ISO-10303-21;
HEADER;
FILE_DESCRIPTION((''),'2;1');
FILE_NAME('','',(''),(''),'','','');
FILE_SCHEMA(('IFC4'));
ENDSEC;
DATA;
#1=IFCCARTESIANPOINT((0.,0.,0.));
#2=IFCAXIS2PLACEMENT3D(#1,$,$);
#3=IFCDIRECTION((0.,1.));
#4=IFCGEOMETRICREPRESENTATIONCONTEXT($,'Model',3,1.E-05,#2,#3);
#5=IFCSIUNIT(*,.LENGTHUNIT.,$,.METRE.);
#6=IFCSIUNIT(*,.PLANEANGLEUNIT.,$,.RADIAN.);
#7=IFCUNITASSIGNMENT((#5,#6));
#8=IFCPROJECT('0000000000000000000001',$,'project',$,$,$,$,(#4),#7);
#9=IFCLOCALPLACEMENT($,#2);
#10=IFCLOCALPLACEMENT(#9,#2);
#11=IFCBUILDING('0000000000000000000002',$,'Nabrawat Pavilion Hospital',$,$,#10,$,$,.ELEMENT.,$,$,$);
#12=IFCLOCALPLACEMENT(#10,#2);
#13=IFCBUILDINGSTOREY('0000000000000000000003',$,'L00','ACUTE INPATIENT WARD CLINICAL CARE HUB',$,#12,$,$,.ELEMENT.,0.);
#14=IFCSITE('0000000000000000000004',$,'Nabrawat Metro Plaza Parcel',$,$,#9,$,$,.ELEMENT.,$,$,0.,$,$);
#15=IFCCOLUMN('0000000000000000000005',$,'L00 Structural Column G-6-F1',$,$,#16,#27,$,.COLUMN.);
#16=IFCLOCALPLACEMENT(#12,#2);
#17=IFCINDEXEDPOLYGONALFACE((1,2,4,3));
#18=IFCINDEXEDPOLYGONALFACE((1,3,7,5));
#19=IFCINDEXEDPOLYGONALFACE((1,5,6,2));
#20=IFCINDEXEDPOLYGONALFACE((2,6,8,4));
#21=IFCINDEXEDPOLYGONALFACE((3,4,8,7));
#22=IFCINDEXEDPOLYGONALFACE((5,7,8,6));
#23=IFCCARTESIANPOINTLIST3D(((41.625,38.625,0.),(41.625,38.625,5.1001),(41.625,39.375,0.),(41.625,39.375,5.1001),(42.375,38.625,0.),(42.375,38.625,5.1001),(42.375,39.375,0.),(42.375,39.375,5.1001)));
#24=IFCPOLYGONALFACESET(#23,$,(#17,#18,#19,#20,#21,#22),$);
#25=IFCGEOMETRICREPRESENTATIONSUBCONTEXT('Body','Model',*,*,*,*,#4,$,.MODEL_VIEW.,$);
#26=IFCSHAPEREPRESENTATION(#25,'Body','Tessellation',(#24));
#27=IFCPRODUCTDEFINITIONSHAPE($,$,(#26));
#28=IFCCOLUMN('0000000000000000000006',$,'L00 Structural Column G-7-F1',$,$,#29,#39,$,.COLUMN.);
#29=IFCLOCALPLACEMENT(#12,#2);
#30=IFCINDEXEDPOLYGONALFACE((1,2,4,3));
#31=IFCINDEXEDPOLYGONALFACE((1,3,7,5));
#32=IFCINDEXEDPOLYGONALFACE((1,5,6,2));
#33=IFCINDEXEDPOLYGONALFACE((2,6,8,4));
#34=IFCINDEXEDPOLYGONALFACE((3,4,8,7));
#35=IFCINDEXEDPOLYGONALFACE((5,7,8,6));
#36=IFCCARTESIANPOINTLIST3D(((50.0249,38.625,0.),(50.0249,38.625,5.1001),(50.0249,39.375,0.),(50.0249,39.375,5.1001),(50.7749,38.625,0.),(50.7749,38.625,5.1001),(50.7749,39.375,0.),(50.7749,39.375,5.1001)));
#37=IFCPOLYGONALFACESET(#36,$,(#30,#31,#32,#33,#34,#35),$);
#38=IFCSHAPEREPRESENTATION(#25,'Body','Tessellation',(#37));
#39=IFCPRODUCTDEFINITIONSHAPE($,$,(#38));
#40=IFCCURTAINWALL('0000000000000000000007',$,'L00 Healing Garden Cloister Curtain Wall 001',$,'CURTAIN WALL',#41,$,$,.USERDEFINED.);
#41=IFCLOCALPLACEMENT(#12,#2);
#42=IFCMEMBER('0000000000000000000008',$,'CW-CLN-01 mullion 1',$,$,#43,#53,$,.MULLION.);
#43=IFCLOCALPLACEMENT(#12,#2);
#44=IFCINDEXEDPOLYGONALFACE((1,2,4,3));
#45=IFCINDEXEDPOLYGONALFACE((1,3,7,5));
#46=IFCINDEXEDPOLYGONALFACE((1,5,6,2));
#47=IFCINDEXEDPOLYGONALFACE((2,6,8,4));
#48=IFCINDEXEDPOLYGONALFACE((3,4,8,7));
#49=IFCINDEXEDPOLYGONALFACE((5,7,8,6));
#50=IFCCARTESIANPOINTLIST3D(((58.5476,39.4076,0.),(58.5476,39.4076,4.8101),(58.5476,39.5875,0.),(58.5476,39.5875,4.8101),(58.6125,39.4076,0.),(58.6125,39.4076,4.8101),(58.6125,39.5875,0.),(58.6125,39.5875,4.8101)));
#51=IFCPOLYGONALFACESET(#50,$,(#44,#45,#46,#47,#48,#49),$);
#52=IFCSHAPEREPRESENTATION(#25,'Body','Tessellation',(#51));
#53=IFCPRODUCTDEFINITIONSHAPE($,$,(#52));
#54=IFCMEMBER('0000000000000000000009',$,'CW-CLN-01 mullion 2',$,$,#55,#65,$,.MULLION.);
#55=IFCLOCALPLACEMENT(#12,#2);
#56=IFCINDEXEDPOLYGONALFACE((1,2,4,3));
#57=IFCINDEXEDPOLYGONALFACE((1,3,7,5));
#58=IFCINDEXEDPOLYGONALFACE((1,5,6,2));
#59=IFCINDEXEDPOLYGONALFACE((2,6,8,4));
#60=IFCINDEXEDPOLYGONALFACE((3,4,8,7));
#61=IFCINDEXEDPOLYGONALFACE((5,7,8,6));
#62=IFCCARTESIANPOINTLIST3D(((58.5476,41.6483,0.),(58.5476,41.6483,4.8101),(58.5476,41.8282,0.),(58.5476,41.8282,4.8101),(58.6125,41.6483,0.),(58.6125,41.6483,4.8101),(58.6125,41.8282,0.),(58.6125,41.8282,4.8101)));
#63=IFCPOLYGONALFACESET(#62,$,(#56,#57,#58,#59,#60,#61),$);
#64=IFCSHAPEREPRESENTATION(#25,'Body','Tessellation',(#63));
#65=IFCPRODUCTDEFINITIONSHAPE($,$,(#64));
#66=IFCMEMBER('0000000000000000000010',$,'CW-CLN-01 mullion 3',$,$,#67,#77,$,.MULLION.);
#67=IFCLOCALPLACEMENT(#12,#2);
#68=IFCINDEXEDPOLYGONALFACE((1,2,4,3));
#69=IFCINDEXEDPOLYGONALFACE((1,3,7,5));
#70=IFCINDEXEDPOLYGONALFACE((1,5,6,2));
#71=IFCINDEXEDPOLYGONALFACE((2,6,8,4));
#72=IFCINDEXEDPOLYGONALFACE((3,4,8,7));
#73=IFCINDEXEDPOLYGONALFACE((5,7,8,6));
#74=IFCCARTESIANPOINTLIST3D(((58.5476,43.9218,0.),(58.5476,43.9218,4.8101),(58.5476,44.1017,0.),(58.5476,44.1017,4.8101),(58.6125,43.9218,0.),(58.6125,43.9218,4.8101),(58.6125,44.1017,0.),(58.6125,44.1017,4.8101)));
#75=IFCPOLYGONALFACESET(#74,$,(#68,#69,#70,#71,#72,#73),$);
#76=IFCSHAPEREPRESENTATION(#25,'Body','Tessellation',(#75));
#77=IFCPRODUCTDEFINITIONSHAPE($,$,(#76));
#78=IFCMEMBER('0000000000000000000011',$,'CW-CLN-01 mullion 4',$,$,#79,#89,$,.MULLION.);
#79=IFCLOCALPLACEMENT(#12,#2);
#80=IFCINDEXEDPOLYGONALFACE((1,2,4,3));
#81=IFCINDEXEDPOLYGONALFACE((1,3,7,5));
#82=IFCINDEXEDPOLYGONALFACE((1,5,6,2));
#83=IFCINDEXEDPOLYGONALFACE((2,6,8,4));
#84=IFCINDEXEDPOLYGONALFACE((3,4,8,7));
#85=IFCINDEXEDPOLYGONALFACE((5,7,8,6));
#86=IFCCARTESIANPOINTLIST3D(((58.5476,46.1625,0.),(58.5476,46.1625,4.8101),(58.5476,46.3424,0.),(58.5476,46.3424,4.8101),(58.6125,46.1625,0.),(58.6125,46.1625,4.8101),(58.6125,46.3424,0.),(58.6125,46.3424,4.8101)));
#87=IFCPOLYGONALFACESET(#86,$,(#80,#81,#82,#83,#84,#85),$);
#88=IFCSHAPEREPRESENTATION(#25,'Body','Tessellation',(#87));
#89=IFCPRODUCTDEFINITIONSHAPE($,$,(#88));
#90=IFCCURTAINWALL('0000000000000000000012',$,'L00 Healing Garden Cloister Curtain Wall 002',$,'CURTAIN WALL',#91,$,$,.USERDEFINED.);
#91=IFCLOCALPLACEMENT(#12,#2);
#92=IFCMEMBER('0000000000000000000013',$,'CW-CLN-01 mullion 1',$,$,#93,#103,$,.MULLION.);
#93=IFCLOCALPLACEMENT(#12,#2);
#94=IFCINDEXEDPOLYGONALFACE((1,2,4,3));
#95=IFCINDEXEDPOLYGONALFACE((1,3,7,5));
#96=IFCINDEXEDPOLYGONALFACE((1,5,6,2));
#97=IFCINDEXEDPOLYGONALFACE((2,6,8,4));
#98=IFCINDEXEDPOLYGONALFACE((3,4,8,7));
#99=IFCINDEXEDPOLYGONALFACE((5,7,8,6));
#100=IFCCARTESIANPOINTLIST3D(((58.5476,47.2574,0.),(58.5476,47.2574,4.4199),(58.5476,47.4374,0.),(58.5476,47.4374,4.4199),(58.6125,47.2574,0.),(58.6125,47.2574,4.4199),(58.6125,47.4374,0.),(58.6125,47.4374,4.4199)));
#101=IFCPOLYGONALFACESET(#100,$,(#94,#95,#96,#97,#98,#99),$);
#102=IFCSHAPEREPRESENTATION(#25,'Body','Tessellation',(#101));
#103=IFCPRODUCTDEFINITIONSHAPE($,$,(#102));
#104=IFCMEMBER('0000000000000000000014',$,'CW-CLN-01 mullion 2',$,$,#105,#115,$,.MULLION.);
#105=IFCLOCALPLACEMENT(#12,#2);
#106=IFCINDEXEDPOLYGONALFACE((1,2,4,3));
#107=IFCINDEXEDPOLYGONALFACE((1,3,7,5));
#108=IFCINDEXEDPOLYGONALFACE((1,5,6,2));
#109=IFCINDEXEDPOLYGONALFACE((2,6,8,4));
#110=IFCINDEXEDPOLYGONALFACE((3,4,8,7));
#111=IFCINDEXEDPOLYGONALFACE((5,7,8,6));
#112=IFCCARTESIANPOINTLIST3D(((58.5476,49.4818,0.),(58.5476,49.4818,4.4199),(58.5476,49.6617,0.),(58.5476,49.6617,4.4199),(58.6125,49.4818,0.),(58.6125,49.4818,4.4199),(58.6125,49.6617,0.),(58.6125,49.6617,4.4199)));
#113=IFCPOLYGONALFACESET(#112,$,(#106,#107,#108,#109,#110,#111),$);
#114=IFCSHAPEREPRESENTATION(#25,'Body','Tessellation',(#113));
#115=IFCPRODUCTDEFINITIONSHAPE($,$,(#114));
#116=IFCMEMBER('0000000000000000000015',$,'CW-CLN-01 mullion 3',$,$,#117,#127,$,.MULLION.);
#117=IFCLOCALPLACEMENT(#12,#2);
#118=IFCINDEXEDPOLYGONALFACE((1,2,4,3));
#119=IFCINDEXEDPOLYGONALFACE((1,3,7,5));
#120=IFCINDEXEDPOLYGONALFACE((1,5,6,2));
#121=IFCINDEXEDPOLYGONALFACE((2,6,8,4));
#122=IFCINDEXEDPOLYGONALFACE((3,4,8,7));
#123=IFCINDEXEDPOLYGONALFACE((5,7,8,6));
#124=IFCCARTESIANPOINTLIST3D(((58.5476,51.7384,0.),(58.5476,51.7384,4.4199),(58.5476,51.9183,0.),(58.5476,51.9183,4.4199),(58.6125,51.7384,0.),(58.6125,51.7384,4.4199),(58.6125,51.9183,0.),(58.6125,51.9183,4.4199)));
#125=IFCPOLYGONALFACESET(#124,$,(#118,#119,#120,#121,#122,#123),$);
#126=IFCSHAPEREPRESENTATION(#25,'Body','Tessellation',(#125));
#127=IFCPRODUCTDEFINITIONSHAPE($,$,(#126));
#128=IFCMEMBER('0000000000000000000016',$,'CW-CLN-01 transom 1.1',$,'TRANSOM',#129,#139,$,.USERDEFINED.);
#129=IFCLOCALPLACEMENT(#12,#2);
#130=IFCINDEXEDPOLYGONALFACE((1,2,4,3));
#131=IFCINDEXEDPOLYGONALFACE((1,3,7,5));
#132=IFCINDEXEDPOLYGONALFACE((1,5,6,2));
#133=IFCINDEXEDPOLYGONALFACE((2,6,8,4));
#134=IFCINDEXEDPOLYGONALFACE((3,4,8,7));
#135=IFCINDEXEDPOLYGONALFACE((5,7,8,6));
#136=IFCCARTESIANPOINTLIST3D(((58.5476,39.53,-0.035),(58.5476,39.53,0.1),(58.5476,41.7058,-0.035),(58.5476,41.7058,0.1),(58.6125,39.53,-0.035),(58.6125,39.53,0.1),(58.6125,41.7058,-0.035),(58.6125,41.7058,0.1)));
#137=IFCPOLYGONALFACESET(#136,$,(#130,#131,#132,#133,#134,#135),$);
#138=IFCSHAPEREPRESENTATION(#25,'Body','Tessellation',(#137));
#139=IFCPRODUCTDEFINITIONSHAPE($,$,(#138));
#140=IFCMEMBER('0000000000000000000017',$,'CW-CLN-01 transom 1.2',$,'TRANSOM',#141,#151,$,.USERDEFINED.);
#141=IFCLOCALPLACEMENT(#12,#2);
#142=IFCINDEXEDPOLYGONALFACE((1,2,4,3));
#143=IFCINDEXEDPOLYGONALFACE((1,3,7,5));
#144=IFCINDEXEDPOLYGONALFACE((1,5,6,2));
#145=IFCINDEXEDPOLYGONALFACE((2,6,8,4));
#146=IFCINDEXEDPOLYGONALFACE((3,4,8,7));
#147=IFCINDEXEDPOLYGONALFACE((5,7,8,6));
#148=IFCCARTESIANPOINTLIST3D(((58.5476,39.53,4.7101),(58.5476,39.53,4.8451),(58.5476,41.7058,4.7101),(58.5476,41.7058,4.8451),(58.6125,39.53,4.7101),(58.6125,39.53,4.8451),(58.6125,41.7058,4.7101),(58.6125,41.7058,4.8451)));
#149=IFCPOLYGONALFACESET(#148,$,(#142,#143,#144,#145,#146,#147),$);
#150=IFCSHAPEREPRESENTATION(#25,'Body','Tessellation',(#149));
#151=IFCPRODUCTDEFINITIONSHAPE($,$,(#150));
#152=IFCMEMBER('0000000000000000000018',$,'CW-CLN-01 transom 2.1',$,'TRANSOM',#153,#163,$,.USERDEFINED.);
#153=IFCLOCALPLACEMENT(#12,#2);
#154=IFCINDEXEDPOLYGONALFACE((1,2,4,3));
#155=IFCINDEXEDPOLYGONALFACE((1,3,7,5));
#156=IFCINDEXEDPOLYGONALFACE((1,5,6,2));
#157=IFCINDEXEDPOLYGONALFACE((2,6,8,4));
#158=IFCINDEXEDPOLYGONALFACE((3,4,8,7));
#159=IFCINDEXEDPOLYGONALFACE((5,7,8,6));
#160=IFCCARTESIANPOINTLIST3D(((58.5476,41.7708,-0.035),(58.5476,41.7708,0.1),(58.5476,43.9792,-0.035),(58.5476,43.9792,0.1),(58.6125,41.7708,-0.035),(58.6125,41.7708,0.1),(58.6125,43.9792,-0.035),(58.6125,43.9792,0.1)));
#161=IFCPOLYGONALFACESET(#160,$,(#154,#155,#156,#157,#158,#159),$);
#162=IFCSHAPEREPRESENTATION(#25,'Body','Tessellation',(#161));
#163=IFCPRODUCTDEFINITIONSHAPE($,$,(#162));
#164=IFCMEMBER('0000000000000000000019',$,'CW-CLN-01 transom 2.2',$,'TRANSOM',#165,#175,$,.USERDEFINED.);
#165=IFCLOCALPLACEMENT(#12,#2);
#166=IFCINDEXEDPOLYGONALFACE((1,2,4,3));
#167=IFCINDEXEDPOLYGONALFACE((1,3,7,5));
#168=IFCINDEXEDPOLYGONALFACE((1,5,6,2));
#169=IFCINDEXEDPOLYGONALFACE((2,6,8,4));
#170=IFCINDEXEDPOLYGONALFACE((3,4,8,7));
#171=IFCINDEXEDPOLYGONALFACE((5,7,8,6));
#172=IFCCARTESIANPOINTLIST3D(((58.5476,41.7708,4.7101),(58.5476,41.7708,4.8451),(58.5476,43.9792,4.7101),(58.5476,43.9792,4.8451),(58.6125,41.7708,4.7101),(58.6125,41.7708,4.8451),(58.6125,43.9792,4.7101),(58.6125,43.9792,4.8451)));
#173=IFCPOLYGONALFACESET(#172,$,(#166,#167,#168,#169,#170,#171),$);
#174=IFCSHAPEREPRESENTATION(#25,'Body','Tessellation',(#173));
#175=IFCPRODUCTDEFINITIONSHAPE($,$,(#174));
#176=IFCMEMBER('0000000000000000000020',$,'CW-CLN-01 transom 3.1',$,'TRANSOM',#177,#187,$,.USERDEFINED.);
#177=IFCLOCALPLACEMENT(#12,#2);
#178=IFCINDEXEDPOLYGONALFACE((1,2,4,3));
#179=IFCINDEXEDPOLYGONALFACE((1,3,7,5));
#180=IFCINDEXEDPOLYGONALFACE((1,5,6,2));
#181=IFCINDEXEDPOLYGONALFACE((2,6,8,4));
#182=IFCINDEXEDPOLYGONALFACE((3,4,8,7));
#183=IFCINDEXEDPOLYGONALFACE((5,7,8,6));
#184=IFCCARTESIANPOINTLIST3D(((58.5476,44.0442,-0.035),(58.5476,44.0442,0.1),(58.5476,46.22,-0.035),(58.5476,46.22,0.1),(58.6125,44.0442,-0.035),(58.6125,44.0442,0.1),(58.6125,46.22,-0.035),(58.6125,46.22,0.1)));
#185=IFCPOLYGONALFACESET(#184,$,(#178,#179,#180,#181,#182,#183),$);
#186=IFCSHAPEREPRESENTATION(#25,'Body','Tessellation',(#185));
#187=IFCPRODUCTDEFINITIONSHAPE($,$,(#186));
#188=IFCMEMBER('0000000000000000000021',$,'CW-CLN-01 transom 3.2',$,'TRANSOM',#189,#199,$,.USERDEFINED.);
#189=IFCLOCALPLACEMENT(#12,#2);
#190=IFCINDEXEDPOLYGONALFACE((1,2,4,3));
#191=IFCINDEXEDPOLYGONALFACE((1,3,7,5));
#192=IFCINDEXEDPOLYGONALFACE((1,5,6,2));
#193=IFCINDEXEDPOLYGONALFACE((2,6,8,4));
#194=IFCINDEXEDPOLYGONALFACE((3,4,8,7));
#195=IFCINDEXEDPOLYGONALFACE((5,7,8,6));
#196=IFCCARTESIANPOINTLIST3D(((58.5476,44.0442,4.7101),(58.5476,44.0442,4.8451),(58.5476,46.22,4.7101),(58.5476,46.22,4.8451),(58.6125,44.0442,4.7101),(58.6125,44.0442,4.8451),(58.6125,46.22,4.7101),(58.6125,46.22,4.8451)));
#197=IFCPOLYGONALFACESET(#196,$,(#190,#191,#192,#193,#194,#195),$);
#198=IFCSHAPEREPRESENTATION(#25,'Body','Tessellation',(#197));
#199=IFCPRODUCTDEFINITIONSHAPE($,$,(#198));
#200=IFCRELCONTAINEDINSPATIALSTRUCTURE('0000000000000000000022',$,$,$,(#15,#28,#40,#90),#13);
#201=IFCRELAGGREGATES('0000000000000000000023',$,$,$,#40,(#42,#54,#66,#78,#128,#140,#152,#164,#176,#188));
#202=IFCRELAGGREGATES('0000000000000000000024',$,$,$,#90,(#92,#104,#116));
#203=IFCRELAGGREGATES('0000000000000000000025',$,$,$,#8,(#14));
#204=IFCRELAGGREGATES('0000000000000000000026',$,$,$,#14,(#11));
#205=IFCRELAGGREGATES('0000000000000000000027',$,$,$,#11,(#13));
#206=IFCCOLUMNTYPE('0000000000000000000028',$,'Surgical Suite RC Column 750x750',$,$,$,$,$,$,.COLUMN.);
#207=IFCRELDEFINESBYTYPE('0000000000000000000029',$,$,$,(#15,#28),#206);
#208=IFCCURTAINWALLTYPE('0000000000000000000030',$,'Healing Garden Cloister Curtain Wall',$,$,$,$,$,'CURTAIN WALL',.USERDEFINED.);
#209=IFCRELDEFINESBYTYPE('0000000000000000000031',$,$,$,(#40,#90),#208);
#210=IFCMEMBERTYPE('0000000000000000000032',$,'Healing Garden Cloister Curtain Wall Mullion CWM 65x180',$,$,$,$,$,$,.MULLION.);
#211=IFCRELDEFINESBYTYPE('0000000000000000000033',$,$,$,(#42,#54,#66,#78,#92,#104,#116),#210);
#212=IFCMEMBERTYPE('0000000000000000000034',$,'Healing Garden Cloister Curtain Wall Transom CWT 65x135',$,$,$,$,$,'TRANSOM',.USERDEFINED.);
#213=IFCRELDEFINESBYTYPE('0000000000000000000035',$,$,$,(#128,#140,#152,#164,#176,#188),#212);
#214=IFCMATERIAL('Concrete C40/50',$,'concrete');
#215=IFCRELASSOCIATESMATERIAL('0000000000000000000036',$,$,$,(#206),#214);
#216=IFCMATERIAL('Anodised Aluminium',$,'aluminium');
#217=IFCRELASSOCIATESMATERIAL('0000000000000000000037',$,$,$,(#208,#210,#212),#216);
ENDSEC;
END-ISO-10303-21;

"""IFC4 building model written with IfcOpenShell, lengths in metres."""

from ifc_helpers import new_model, si_unit, direction, frame, origin, origin_2d, place, context, subcontext, project, spatial, rectangle, extrude, material, material_profile, profile_set, type_object, element, aggregate, save


model = new_model("IFC4")

# Units and contexts
model_context = context("Model", 3, precision=1e-05, world=origin(), true_north=direction((0.0, 1.0)))
body_context = subcontext(model_context, "Body", "Model", "MODEL_VIEW")
ifc_project = project(units=[si_unit("LENGTHUNIT", "METRE"), si_unit("PLANEANGLEUNIT", "RADIAN")], contexts=[model_context])

# Site, building, storey
site_placement = place(None, origin())
site = spatial("IfcSite", under=ifc_project, at=site_placement, Name="Nabrawat Metro Plaza Parcel", CompositionType="ELEMENT", RefElevation=0.0)
building_placement = place(site_placement, origin())
building = spatial("IfcBuilding", under=site, at=building_placement, Name="Nabrawat Pavilion Hospital", CompositionType="ELEMENT")
storey_placement = place(building_placement, origin())
storey = spatial("IfcBuildingStorey", under=building, at=storey_placement, Name="L00", Description="ACUTE INPATIENT WARD CLINICAL CARE HUB", CompositionType="ELEMENT", Elevation=0.0)

# Columns
ifc_material_1 = material(Name="Concrete C40/50", Category="concrete")
ifc_material_profile_1 = material_profile(ifc_material_1, rectangle(XDim=0.75, YDim=0.75, at=origin_2d()), Name="RC 750x750")
ifc_profile_set_1 = profile_set([ifc_material_profile_1], Name="Concrete C40/50")
column_type = type_object("IfcColumnType", Name="Surgical Suite RC Column 750x750", PredefinedType="COLUMN", material=ifc_profile_set_1)
for number, where, z_axis, x_axis, name in (
    (1, (42.0, 39.0, 0.0), (0.0, 0.0, 1.0), (1.0, 0.0, 0.0), "L00 Structural Column G-6-F1"),
    (2, (50.3999, 39.0, 0.0), (0.0, 0.0, 1.0), (1.0, 0.0, 0.0), "L00 Structural Column G-7-F1"),
):
    element("IfcColumn", number, at=place(storey_placement, frame(where, z_axis=z_axis, x_axis=x_axis)), inside=storey, type_object=column_type, Name=name, PredefinedType="COLUMN", context=body_context, shape_type="SweptSolid", body=[
        extrude(rectangle(XDim=0.75, YDim=0.75, at=origin_2d()), origin(), (0.0, 0.0, 1.0), 5.1001),
    ])

# Curtain walls, members
ifc_material_2 = material(Name="Anodised Aluminium", Category="aluminium")
curtain_wall_type = type_object("IfcCurtainWallType", Name="Healing Garden Cloister Curtain Wall", ElementType="CURTAIN WALL", PredefinedType="USERDEFINED", material=ifc_material_2)
curtain_wall_1_placement = place(storey_placement, origin())
curtain_wall_1 = element("IfcCurtainWall", 3, at=curtain_wall_1_placement, inside=storey, type_object=curtain_wall_type, Name="L00 Healing Garden Cloister Curtain Wall 001", ObjectType="CURTAIN WALL", PredefinedType="USERDEFINED")
ifc_material_profile_2 = material_profile(ifc_material_2, rectangle(XDim=0.0649, YDim=0.1799, at=origin_2d()), Name="CWM 65x180")
ifc_profile_set_2 = profile_set([ifc_material_profile_2], Name="Anodised Aluminium")
member_type_1 = type_object("IfcMemberType", Name="Healing Garden Cloister Curtain Wall Mullion CWM 65x180", PredefinedType="MULLION", material=ifc_profile_set_2)
member_1_placement = place(storey_placement, frame((58.5801, 39.4976, 0.0), z_axis=(0.0, 0.0, 1.0), x_axis=(-1.0, 0.0, 0.0)))
member_1 = element("IfcMember", 4, at=member_1_placement, type_object=member_type_1, Name="CW-CLN-01 mullion 1", PredefinedType="MULLION", context=body_context, shape_type="SweptSolid", body=[
    extrude(rectangle(XDim=0.0649, YDim=0.1799, at=origin_2d()), origin(), (0.0, 0.0, 1.0), 4.8101),
])
member_2_placement = place(storey_placement, frame((58.5801, 41.7383, 0.0), z_axis=(0.0, 0.0, 1.0), x_axis=(-1.0, 0.0, 0.0)))
member_2 = element("IfcMember", 5, at=member_2_placement, type_object=member_type_1, Name="CW-CLN-01 mullion 2", PredefinedType="MULLION", context=body_context, shape_type="SweptSolid", body=[
    extrude(rectangle(XDim=0.0649, YDim=0.1799, at=origin_2d()), origin(), (0.0, 0.0, 1.0), 4.8101),
])
member_3_placement = place(storey_placement, frame((58.5801, 44.0117, 0.0), z_axis=(0.0, 0.0, 1.0), x_axis=(-1.0, 0.0, 0.0)))
member_3 = element("IfcMember", 6, at=member_3_placement, type_object=member_type_1, Name="CW-CLN-01 mullion 3", PredefinedType="MULLION", context=body_context, shape_type="SweptSolid", body=[
    extrude(rectangle(XDim=0.0649, YDim=0.1799, at=origin_2d()), origin(), (0.0, 0.0, 1.0), 4.8101),
])
member_4_placement = place(storey_placement, frame((58.5801, 46.2524, 0.0), z_axis=(0.0, 0.0, 1.0), x_axis=(-1.0, 0.0, 0.0)))
member_4 = element("IfcMember", 7, at=member_4_placement, type_object=member_type_1, Name="CW-CLN-01 mullion 4", PredefinedType="MULLION", context=body_context, shape_type="SweptSolid", body=[
    extrude(rectangle(XDim=0.0649, YDim=0.1799, at=origin_2d()), origin(), (0.0, 0.0, 1.0), 4.8101),
])
curtain_wall_2_placement = place(storey_placement, origin())
curtain_wall_2 = element("IfcCurtainWall", 8, at=curtain_wall_2_placement, inside=storey, type_object=curtain_wall_type, Name="L00 Healing Garden Cloister Curtain Wall 002", ObjectType="CURTAIN WALL", PredefinedType="USERDEFINED")
member_5_placement = place(storey_placement, frame((58.5801, 47.3474, 0.0), z_axis=(0.0, 0.0, 1.0), x_axis=(-1.0, 0.0, 0.0)))
member_5 = element("IfcMember", 9, at=member_5_placement, type_object=member_type_1, Name="CW-CLN-01 mullion 1", PredefinedType="MULLION", context=body_context, shape_type="SweptSolid", body=[
    extrude(rectangle(XDim=0.0649, YDim=0.1799, at=origin_2d()), origin(), (0.0, 0.0, 1.0), 4.4199),
])
member_6_placement = place(storey_placement, frame((58.5801, 49.5718, 0.0), z_axis=(0.0, 0.0, 1.0), x_axis=(-1.0, 0.0, 0.0)))
member_6 = element("IfcMember", 10, at=member_6_placement, type_object=member_type_1, Name="CW-CLN-01 mullion 2", PredefinedType="MULLION", context=body_context, shape_type="SweptSolid", body=[
    extrude(rectangle(XDim=0.0649, YDim=0.1799, at=origin_2d()), origin(), (0.0, 0.0, 1.0), 4.4199),
])
member_7_placement = place(storey_placement, frame((58.5801, 51.8284, 0.0), z_axis=(0.0, 0.0, 1.0), x_axis=(-1.0, 0.0, 0.0)))
member_7 = element("IfcMember", 11, at=member_7_placement, type_object=member_type_1, Name="CW-CLN-01 mullion 3", PredefinedType="MULLION", context=body_context, shape_type="SweptSolid", body=[
    extrude(rectangle(XDim=0.0649, YDim=0.1799, at=origin_2d()), origin(), (0.0, 0.0, 1.0), 4.4199),
])

# Members
ifc_material_profile_3 = material_profile(ifc_material_2, rectangle(XDim=0.0649, YDim=0.135, at=origin_2d()), Name="CWT 65x135")
ifc_profile_set_3 = profile_set([ifc_material_profile_3], Name="Anodised Aluminium")
member_type_2 = type_object("IfcMemberType", Name="Healing Garden Cloister Curtain Wall Transom CWT 65x135", ElementType="TRANSOM", PredefinedType="USERDEFINED", material=ifc_profile_set_3)
member_8_placement = place(storey_placement, frame((58.5801, 39.53, 0.0325), z_axis=(0.0, 1.0, 0.0), x_axis=(-1.0, 0.0, 0.0)))
member_8 = element("IfcMember", 12, at=member_8_placement, type_object=member_type_2, Name="CW-CLN-01 transom 1.1", ObjectType="TRANSOM", PredefinedType="USERDEFINED", context=body_context, shape_type="SweptSolid", body=[
    extrude(rectangle(XDim=0.0649, YDim=0.135, at=origin_2d()), origin(), (0.0, 0.0, 1.0), 2.1758),
])
member_9_placement = place(storey_placement, frame((58.5801, 39.53, 4.7776), z_axis=(0.0, 1.0, 0.0), x_axis=(-1.0, 0.0, 0.0)))
member_9 = element("IfcMember", 13, at=member_9_placement, type_object=member_type_2, Name="CW-CLN-01 transom 1.2", ObjectType="TRANSOM", PredefinedType="USERDEFINED", context=body_context, shape_type="SweptSolid", body=[
    extrude(rectangle(XDim=0.0649, YDim=0.135, at=origin_2d()), origin(), (0.0, 0.0, 1.0), 2.1758),
])
member_10_placement = place(storey_placement, frame((58.5801, 41.7708, 0.0325), z_axis=(0.0, 1.0, 0.0), x_axis=(-1.0, 0.0, 0.0)))
member_10 = element("IfcMember", 14, at=member_10_placement, type_object=member_type_2, Name="CW-CLN-01 transom 2.1", ObjectType="TRANSOM", PredefinedType="USERDEFINED", context=body_context, shape_type="SweptSolid", body=[
    extrude(rectangle(XDim=0.0649, YDim=0.135, at=origin_2d()), origin(), (0.0, 0.0, 1.0), 2.2085),
])
member_11_placement = place(storey_placement, frame((58.5801, 41.7708, 4.7776), z_axis=(0.0, 1.0, 0.0), x_axis=(-1.0, 0.0, 0.0)))
member_11 = element("IfcMember", 15, at=member_11_placement, type_object=member_type_2, Name="CW-CLN-01 transom 2.2", ObjectType="TRANSOM", PredefinedType="USERDEFINED", context=body_context, shape_type="SweptSolid", body=[
    extrude(rectangle(XDim=0.0649, YDim=0.135, at=origin_2d()), origin(), (0.0, 0.0, 1.0), 2.2085),
])
member_12_placement = place(storey_placement, frame((58.5801, 44.0442, 0.0325), z_axis=(0.0, 1.0, 0.0), x_axis=(-1.0, 0.0, 0.0)))
member_12 = element("IfcMember", 16, at=member_12_placement, type_object=member_type_2, Name="CW-CLN-01 transom 3.1", ObjectType="TRANSOM", PredefinedType="USERDEFINED", context=body_context, shape_type="SweptSolid", body=[
    extrude(rectangle(XDim=0.0649, YDim=0.135, at=origin_2d()), origin(), (0.0, 0.0, 1.0), 2.1758),
])
member_13_placement = place(storey_placement, frame((58.5801, 44.0442, 4.7776), z_axis=(0.0, 1.0, 0.0), x_axis=(-1.0, 0.0, 0.0)))
member_13 = element("IfcMember", 17, at=member_13_placement, type_object=member_type_2, Name="CW-CLN-01 transom 3.2", ObjectType="TRANSOM", PredefinedType="USERDEFINED", context=body_context, shape_type="SweptSolid", body=[
    extrude(rectangle(XDim=0.0649, YDim=0.135, at=origin_2d()), origin(), (0.0, 0.0, 1.0), 2.1758),
])

aggregate(curtain_wall_1, [member_1, member_2, member_3, member_4, member_8, member_9, member_10, member_11, member_12, member_13])
aggregate(curtain_wall_2, [member_5, member_6, member_7])

save(model, "model.ifc")
